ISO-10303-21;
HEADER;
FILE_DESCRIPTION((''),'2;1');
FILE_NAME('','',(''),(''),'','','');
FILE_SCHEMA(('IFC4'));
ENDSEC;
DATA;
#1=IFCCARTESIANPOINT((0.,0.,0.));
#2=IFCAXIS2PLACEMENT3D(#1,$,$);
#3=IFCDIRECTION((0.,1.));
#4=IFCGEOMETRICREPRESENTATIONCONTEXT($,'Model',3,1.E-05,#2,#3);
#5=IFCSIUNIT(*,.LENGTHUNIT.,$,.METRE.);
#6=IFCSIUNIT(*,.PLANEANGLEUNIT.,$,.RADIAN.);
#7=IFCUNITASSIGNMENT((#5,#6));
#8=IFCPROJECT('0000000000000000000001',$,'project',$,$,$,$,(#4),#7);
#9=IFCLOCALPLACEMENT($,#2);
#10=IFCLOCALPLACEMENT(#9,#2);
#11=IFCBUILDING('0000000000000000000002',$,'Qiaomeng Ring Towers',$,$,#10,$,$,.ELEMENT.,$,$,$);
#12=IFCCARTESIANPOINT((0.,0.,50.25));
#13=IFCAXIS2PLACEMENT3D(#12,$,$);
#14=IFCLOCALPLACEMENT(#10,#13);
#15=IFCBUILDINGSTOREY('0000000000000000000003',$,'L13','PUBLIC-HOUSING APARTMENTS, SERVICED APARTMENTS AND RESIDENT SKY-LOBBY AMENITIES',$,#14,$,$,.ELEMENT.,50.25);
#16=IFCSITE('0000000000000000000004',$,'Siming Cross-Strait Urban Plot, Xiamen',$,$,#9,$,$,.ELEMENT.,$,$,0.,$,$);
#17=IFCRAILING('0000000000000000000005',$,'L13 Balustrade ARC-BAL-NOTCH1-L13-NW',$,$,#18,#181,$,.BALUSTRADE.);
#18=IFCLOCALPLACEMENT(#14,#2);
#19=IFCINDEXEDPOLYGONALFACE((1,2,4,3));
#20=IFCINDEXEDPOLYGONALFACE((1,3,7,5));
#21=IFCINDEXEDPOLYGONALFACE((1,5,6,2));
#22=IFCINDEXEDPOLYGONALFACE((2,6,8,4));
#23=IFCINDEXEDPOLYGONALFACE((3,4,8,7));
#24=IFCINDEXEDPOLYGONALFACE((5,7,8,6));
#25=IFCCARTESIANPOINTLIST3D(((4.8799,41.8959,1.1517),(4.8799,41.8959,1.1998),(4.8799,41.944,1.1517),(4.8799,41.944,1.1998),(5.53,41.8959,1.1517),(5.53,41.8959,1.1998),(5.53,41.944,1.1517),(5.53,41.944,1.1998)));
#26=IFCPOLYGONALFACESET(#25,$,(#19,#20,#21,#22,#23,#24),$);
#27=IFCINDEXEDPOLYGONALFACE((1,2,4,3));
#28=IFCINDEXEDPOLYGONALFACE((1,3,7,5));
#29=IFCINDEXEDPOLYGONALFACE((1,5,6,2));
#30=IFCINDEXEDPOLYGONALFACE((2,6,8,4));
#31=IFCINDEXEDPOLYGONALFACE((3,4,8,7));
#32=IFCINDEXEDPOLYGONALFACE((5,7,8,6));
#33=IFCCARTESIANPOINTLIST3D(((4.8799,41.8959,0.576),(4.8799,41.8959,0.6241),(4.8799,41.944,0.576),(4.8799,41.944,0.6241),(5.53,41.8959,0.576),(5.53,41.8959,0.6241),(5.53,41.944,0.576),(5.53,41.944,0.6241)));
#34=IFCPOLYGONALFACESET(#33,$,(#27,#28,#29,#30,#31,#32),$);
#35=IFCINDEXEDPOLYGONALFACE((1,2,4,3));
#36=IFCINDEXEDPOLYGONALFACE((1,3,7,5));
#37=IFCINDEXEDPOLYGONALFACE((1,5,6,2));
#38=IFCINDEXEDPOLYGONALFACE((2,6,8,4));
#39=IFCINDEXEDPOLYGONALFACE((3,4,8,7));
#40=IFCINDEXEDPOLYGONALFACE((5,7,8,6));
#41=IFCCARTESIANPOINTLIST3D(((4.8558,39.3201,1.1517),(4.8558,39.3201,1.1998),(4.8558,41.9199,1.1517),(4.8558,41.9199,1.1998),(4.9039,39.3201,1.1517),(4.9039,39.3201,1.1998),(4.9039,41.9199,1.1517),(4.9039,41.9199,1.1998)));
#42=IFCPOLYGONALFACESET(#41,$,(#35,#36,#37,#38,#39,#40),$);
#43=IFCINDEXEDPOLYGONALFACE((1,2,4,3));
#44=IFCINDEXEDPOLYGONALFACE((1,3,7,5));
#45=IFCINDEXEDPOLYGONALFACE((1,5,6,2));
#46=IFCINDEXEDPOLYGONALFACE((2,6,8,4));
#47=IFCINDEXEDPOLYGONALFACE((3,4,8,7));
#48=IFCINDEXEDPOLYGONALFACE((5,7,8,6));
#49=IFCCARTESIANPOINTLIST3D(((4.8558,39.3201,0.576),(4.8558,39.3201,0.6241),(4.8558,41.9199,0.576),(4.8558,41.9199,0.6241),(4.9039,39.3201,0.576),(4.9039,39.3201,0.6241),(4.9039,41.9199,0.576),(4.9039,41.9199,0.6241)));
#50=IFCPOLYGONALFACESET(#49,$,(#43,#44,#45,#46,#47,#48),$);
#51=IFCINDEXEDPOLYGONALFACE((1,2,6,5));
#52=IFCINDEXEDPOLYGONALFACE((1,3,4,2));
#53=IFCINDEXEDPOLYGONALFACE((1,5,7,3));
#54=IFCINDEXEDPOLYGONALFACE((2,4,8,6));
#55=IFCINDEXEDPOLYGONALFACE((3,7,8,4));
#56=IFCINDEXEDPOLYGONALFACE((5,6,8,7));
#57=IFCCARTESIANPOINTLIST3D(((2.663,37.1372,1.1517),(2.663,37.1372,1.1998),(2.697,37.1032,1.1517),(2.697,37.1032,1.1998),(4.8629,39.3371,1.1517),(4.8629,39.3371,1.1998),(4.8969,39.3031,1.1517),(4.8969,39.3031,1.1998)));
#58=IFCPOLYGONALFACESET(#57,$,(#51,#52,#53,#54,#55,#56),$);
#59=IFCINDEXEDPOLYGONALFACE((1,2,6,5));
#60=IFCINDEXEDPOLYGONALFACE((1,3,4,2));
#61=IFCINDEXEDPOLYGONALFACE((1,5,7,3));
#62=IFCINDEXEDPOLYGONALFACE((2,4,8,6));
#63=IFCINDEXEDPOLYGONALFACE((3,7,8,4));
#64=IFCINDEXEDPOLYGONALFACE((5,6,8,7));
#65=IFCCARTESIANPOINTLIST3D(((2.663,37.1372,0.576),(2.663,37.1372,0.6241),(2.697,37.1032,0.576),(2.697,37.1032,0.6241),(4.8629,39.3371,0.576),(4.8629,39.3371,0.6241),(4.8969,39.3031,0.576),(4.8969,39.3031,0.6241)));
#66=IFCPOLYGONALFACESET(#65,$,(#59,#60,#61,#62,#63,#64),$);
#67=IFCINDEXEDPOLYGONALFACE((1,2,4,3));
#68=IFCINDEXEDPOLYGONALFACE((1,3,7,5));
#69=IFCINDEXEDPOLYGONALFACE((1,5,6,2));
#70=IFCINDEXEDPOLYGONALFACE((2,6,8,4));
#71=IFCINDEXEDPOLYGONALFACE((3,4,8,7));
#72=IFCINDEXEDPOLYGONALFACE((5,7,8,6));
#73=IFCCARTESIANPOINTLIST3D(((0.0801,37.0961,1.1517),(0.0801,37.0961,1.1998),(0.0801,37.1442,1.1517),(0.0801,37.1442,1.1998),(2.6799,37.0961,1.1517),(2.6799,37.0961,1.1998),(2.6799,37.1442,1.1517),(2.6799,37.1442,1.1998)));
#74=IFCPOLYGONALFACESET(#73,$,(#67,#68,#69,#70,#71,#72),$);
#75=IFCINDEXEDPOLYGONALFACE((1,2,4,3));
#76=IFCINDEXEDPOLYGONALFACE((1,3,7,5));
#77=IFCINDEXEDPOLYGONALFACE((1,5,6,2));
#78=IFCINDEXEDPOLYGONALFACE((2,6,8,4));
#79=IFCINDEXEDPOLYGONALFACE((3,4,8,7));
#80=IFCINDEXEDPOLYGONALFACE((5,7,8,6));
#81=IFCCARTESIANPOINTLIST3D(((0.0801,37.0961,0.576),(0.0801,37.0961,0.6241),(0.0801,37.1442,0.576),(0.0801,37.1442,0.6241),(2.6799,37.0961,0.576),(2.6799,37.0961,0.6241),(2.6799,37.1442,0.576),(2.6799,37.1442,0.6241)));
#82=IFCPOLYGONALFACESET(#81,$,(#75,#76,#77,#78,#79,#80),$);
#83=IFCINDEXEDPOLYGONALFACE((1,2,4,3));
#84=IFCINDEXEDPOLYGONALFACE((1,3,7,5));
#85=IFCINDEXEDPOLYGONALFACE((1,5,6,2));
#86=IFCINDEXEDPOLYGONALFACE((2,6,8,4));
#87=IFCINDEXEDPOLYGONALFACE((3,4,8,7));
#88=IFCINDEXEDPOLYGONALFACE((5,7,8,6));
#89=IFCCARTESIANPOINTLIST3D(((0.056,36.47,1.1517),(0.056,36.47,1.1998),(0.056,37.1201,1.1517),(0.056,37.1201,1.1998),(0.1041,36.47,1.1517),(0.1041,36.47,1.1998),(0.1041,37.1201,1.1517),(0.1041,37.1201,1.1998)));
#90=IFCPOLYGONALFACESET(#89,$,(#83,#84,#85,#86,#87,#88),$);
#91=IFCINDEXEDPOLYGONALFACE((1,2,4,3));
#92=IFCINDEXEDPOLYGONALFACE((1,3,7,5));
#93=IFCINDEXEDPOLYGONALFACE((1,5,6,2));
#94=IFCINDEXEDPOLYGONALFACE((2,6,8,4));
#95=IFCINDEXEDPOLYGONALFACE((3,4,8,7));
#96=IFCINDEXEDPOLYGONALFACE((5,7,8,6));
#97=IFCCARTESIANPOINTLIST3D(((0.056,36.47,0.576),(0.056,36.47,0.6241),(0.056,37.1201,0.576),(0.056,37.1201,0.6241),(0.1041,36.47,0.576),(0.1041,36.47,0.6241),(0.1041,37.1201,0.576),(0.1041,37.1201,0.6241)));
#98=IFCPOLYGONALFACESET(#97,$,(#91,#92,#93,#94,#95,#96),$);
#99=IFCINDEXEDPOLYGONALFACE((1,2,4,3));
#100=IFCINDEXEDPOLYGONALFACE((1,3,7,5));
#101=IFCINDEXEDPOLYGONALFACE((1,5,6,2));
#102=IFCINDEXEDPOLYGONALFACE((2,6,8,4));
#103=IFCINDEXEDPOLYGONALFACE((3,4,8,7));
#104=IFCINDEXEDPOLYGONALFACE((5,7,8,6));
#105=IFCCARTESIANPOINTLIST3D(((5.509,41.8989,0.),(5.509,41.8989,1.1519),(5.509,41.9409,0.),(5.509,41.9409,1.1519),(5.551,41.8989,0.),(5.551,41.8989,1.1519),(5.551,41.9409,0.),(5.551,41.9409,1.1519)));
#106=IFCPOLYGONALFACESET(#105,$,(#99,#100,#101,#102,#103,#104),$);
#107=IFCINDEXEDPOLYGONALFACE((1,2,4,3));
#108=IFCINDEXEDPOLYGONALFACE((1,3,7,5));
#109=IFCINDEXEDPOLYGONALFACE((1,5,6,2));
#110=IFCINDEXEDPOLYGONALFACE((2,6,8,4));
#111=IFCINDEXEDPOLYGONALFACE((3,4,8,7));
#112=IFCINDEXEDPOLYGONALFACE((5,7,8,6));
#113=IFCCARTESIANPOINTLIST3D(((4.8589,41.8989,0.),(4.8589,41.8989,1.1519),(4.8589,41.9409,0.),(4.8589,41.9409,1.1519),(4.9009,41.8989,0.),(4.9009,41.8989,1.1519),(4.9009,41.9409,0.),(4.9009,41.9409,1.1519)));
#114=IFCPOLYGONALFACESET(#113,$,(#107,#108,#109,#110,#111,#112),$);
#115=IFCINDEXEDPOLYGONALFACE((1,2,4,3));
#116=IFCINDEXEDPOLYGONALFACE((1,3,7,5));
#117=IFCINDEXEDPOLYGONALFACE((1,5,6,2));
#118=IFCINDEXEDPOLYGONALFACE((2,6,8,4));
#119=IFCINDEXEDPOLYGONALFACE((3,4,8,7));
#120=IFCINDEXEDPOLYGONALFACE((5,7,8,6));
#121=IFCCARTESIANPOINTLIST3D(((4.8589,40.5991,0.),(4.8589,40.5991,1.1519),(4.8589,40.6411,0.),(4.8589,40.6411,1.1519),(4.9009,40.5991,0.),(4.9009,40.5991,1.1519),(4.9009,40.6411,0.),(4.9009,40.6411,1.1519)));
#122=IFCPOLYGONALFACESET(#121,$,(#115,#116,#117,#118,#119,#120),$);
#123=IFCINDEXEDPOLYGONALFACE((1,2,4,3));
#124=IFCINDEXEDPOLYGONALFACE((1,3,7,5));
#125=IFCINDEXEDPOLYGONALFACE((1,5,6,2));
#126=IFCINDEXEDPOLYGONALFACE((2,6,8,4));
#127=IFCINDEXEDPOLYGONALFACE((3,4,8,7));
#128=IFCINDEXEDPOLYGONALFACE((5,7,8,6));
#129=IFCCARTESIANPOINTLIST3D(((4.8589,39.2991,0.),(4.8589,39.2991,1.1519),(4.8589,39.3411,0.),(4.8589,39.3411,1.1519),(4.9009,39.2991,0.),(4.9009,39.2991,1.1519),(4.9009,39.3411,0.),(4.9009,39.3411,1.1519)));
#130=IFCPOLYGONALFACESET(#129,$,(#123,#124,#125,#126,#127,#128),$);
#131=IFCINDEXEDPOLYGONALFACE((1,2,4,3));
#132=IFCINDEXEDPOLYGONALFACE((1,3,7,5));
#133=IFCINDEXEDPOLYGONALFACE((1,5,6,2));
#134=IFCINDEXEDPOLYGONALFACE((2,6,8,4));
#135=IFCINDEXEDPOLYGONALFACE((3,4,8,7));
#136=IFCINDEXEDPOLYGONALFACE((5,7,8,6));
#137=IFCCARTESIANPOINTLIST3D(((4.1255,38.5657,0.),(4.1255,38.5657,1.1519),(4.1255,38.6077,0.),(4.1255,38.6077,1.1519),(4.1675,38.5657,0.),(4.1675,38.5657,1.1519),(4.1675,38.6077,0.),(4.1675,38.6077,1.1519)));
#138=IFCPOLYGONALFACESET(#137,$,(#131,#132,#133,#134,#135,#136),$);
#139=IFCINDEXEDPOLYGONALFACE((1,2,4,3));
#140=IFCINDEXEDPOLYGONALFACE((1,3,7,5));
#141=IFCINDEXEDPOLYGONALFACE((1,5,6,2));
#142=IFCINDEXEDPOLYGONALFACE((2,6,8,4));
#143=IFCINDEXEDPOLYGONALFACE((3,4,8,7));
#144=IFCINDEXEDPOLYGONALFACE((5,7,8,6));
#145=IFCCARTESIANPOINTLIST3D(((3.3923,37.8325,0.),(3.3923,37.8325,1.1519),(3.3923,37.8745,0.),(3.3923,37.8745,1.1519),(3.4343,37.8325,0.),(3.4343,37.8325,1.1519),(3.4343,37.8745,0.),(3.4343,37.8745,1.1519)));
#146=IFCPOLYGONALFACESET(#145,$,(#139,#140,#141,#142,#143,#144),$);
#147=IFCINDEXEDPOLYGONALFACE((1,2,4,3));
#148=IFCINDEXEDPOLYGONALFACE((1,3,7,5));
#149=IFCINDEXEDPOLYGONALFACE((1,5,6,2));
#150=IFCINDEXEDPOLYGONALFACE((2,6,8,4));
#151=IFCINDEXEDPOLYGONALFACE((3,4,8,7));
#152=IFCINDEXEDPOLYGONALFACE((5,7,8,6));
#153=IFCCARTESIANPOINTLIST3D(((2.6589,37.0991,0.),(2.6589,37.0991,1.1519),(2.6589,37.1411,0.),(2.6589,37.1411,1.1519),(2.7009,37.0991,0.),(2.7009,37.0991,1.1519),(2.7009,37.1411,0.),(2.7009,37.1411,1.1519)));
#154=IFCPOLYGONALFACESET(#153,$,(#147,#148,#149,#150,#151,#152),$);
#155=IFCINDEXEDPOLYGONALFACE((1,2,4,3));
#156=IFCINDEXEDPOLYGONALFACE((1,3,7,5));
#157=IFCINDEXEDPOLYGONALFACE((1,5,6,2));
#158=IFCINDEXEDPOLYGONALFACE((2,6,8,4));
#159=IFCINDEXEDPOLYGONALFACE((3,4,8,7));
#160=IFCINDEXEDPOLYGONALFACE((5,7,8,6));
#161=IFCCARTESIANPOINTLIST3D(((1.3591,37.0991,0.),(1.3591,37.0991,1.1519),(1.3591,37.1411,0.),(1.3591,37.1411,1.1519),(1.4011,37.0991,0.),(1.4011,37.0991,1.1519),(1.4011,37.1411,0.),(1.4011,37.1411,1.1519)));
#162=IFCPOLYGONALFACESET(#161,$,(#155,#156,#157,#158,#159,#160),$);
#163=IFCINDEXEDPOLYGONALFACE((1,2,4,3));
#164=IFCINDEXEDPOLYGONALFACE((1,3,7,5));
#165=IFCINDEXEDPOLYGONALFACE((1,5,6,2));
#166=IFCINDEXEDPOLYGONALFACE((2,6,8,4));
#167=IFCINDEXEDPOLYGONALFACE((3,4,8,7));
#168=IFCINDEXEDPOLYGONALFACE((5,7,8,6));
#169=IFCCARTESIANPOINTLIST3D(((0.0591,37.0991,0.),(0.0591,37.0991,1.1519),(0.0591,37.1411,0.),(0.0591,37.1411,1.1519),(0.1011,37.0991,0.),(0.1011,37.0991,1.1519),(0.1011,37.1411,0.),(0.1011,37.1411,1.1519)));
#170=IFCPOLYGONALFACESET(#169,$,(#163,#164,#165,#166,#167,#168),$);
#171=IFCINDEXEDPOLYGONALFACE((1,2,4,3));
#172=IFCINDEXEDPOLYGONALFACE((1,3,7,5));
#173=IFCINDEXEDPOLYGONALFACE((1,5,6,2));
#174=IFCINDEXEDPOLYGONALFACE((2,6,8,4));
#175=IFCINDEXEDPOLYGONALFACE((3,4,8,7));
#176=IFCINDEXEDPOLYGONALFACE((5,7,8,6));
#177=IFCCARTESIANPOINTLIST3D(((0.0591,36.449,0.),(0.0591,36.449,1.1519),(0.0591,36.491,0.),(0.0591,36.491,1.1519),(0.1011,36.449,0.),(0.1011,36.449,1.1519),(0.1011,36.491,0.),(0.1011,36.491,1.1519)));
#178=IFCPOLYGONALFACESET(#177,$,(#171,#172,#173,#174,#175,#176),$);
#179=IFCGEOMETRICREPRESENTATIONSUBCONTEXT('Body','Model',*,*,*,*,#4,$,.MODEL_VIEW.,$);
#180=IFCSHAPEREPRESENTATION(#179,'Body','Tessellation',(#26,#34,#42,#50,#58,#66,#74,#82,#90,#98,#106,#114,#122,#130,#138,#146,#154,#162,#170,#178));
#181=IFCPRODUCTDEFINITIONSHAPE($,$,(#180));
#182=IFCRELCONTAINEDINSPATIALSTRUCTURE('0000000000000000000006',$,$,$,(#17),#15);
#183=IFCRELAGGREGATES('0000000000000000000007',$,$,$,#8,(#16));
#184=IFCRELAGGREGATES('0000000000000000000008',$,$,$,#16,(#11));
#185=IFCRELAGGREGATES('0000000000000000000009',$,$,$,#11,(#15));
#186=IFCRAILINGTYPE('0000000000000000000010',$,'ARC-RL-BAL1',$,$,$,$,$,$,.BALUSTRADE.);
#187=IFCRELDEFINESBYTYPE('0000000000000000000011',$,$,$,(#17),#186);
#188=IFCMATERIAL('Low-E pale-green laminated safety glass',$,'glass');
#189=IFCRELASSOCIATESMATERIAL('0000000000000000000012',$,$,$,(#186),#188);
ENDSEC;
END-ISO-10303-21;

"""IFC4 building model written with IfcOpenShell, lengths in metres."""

from ifc_helpers import new_model, si_unit, direction, frame, origin, origin_2d, place, context, subcontext, project, spatial, rectangle, extrude, material, type_object, element, save


model = new_model("IFC4")

# Units and contexts
model_context = context("Model", 3, precision=1e-05, world=origin(), true_north=direction((0.0, 1.0)))
body_context = subcontext(model_context, "Body", "Model", "MODEL_VIEW")
ifc_project = project(units=[si_unit("LENGTHUNIT", "METRE"), si_unit("PLANEANGLEUNIT", "RADIAN")], contexts=[model_context])

# Site, building, storey
site_placement = place(None, origin())
site = spatial("IfcSite", under=ifc_project, at=site_placement, Name="Siming Cross-Strait Urban Plot, Xiamen", CompositionType="ELEMENT", RefElevation=0.0)
building_placement = place(site_placement, origin())
building = spatial("IfcBuilding", under=site, at=building_placement, Name="Qiaomeng Ring Towers", CompositionType="ELEMENT")
storey_placement = place(building_placement, frame((0.0, 0.0, 50.25)))
storey = spatial("IfcBuildingStorey", under=building, at=storey_placement, Name="L13", Description="PUBLIC-HOUSING APARTMENTS, SERVICED APARTMENTS AND RESIDENT SKY-LOBBY AMENITIES", CompositionType="ELEMENT", Elevation=50.25)

# Railing
ifc_material_1 = material(Name="Low-E pale-green laminated safety glass", Category="glass")
railing_type = type_object("IfcRailingType", Name="ARC-RL-BAL1", PredefinedType="BALUSTRADE", material=ifc_material_1)
railing_placement = place(storey_placement, frame((5.53, 41.9199, 0.0)))
element("IfcRailing", 1, at=railing_placement, inside=storey, type_object=railing_type, Name="L13 Balustrade ARC-BAL-NOTCH1-L13-NW", PredefinedType="BALUSTRADE", context=body_context, shape_type="SweptSolid", body=[
    extrude(rectangle(XDim=0.0481, YDim=0.0481, at=origin_2d()), frame((0.0, 0.0, 1.1758), z_axis=(-1.0, 0.0, 0.0), x_axis=(0.0, -1.0, 0.0)), (0.0, 0.0, 1.0), 0.6501),
    extrude(rectangle(XDim=0.0481, YDim=0.0481, at=origin_2d()), frame((0.0, 0.0, 0.6001), z_axis=(-1.0, 0.0, 0.0), x_axis=(0.0, -1.0, 0.0)), (0.0, 0.0, 1.0), 0.6501),
    extrude(rectangle(XDim=0.0481, YDim=0.0481, at=origin_2d()), frame((-0.6501, 0.0, 1.1758), z_axis=(0.0, -1.0, 0.0), x_axis=(1.0, 0.0, 0.0)), (0.0, 0.0, 1.0), 2.5999),
    extrude(rectangle(XDim=0.0481, YDim=0.0481, at=origin_2d()), frame((-0.6501, 0.0, 0.6001), z_axis=(0.0, -1.0, 0.0), x_axis=(1.0, 0.0, 0.0)), (0.0, 0.0, 1.0), 2.5999),
    extrude(rectangle(XDim=0.0481, YDim=0.0481, at=origin_2d()), frame((-0.6501, -2.5999, 1.1758), z_axis=(-0.707107, -0.707107, 0.0), x_axis=(0.707107, -0.707107, 0.0)), (0.0, 0.0, 1.0), 3.1111),
    extrude(rectangle(XDim=0.0481, YDim=0.0481, at=origin_2d()), frame((-0.6501, -2.5999, 0.6001), z_axis=(-0.707107, -0.707107, 0.0), x_axis=(0.707107, -0.707107, 0.0)), (0.0, 0.0, 1.0), 3.1111),
    extrude(rectangle(XDim=0.0481, YDim=0.0481, at=origin_2d()), frame((-2.8501, -4.7998, 1.1758), z_axis=(-1.0, 0.0, 0.0), x_axis=(0.0, -1.0, 0.0)), (0.0, 0.0, 1.0), 2.5999),
    extrude(rectangle(XDim=0.0481, YDim=0.0481, at=origin_2d()), frame((-2.8501, -4.7998, 0.6001), z_axis=(-1.0, 0.0, 0.0), x_axis=(0.0, -1.0, 0.0)), (0.0, 0.0, 1.0), 2.5999),
    extrude(rectangle(XDim=0.0481, YDim=0.0481, at=origin_2d()), frame((-5.45, -4.7998, 1.1758), z_axis=(0.0, -1.0, 0.0), x_axis=(1.0, 0.0, 0.0)), (0.0, 0.0, 1.0), 0.6501),
    extrude(rectangle(XDim=0.0481, YDim=0.0481, at=origin_2d()), frame((-5.45, -4.7998, 0.6001), z_axis=(0.0, -1.0, 0.0), x_axis=(1.0, 0.0, 0.0)), (0.0, 0.0, 1.0), 0.6501),
    extrude(rectangle(XDim=0.042, YDim=0.042, at=origin_2d()), origin(), (0.0, 0.0, 1.0), 1.1519),
    extrude(rectangle(XDim=0.042, YDim=0.042, at=origin_2d()), frame((-0.6501, 0.0, 0.0)), (0.0, 0.0, 1.0), 1.1519),
    extrude(rectangle(XDim=0.042, YDim=0.042, at=origin_2d()), frame((-0.6501, -1.2998, 0.0)), (0.0, 0.0, 1.0), 1.1519),
    extrude(rectangle(XDim=0.042, YDim=0.042, at=origin_2d()), frame((-0.6501, -2.5999, 0.0)), (0.0, 0.0, 1.0), 1.1519),
    extrude(rectangle(XDim=0.042, YDim=0.042, at=origin_2d()), frame((-1.3835, -3.3333, 0.0)), (0.0, 0.0, 1.0), 1.1519),
    extrude(rectangle(XDim=0.042, YDim=0.042, at=origin_2d()), frame((-2.1167, -4.0664, 0.0)), (0.0, 0.0, 1.0), 1.1519),
    extrude(rectangle(XDim=0.042, YDim=0.042, at=origin_2d()), frame((-2.8501, -4.7998, 0.0)), (0.0, 0.0, 1.0), 1.1519),
    extrude(rectangle(XDim=0.042, YDim=0.042, at=origin_2d()), frame((-4.1499, -4.7998, 0.0)), (0.0, 0.0, 1.0), 1.1519),
    extrude(rectangle(XDim=0.042, YDim=0.042, at=origin_2d()), frame((-5.45, -4.7998, 0.0)), (0.0, 0.0, 1.0), 1.1519),
    extrude(rectangle(XDim=0.042, YDim=0.042, at=origin_2d()), frame((-5.45, -5.45, 0.0)), (0.0, 0.0, 1.0), 1.1519),
])

save(model, "model.ifc")
